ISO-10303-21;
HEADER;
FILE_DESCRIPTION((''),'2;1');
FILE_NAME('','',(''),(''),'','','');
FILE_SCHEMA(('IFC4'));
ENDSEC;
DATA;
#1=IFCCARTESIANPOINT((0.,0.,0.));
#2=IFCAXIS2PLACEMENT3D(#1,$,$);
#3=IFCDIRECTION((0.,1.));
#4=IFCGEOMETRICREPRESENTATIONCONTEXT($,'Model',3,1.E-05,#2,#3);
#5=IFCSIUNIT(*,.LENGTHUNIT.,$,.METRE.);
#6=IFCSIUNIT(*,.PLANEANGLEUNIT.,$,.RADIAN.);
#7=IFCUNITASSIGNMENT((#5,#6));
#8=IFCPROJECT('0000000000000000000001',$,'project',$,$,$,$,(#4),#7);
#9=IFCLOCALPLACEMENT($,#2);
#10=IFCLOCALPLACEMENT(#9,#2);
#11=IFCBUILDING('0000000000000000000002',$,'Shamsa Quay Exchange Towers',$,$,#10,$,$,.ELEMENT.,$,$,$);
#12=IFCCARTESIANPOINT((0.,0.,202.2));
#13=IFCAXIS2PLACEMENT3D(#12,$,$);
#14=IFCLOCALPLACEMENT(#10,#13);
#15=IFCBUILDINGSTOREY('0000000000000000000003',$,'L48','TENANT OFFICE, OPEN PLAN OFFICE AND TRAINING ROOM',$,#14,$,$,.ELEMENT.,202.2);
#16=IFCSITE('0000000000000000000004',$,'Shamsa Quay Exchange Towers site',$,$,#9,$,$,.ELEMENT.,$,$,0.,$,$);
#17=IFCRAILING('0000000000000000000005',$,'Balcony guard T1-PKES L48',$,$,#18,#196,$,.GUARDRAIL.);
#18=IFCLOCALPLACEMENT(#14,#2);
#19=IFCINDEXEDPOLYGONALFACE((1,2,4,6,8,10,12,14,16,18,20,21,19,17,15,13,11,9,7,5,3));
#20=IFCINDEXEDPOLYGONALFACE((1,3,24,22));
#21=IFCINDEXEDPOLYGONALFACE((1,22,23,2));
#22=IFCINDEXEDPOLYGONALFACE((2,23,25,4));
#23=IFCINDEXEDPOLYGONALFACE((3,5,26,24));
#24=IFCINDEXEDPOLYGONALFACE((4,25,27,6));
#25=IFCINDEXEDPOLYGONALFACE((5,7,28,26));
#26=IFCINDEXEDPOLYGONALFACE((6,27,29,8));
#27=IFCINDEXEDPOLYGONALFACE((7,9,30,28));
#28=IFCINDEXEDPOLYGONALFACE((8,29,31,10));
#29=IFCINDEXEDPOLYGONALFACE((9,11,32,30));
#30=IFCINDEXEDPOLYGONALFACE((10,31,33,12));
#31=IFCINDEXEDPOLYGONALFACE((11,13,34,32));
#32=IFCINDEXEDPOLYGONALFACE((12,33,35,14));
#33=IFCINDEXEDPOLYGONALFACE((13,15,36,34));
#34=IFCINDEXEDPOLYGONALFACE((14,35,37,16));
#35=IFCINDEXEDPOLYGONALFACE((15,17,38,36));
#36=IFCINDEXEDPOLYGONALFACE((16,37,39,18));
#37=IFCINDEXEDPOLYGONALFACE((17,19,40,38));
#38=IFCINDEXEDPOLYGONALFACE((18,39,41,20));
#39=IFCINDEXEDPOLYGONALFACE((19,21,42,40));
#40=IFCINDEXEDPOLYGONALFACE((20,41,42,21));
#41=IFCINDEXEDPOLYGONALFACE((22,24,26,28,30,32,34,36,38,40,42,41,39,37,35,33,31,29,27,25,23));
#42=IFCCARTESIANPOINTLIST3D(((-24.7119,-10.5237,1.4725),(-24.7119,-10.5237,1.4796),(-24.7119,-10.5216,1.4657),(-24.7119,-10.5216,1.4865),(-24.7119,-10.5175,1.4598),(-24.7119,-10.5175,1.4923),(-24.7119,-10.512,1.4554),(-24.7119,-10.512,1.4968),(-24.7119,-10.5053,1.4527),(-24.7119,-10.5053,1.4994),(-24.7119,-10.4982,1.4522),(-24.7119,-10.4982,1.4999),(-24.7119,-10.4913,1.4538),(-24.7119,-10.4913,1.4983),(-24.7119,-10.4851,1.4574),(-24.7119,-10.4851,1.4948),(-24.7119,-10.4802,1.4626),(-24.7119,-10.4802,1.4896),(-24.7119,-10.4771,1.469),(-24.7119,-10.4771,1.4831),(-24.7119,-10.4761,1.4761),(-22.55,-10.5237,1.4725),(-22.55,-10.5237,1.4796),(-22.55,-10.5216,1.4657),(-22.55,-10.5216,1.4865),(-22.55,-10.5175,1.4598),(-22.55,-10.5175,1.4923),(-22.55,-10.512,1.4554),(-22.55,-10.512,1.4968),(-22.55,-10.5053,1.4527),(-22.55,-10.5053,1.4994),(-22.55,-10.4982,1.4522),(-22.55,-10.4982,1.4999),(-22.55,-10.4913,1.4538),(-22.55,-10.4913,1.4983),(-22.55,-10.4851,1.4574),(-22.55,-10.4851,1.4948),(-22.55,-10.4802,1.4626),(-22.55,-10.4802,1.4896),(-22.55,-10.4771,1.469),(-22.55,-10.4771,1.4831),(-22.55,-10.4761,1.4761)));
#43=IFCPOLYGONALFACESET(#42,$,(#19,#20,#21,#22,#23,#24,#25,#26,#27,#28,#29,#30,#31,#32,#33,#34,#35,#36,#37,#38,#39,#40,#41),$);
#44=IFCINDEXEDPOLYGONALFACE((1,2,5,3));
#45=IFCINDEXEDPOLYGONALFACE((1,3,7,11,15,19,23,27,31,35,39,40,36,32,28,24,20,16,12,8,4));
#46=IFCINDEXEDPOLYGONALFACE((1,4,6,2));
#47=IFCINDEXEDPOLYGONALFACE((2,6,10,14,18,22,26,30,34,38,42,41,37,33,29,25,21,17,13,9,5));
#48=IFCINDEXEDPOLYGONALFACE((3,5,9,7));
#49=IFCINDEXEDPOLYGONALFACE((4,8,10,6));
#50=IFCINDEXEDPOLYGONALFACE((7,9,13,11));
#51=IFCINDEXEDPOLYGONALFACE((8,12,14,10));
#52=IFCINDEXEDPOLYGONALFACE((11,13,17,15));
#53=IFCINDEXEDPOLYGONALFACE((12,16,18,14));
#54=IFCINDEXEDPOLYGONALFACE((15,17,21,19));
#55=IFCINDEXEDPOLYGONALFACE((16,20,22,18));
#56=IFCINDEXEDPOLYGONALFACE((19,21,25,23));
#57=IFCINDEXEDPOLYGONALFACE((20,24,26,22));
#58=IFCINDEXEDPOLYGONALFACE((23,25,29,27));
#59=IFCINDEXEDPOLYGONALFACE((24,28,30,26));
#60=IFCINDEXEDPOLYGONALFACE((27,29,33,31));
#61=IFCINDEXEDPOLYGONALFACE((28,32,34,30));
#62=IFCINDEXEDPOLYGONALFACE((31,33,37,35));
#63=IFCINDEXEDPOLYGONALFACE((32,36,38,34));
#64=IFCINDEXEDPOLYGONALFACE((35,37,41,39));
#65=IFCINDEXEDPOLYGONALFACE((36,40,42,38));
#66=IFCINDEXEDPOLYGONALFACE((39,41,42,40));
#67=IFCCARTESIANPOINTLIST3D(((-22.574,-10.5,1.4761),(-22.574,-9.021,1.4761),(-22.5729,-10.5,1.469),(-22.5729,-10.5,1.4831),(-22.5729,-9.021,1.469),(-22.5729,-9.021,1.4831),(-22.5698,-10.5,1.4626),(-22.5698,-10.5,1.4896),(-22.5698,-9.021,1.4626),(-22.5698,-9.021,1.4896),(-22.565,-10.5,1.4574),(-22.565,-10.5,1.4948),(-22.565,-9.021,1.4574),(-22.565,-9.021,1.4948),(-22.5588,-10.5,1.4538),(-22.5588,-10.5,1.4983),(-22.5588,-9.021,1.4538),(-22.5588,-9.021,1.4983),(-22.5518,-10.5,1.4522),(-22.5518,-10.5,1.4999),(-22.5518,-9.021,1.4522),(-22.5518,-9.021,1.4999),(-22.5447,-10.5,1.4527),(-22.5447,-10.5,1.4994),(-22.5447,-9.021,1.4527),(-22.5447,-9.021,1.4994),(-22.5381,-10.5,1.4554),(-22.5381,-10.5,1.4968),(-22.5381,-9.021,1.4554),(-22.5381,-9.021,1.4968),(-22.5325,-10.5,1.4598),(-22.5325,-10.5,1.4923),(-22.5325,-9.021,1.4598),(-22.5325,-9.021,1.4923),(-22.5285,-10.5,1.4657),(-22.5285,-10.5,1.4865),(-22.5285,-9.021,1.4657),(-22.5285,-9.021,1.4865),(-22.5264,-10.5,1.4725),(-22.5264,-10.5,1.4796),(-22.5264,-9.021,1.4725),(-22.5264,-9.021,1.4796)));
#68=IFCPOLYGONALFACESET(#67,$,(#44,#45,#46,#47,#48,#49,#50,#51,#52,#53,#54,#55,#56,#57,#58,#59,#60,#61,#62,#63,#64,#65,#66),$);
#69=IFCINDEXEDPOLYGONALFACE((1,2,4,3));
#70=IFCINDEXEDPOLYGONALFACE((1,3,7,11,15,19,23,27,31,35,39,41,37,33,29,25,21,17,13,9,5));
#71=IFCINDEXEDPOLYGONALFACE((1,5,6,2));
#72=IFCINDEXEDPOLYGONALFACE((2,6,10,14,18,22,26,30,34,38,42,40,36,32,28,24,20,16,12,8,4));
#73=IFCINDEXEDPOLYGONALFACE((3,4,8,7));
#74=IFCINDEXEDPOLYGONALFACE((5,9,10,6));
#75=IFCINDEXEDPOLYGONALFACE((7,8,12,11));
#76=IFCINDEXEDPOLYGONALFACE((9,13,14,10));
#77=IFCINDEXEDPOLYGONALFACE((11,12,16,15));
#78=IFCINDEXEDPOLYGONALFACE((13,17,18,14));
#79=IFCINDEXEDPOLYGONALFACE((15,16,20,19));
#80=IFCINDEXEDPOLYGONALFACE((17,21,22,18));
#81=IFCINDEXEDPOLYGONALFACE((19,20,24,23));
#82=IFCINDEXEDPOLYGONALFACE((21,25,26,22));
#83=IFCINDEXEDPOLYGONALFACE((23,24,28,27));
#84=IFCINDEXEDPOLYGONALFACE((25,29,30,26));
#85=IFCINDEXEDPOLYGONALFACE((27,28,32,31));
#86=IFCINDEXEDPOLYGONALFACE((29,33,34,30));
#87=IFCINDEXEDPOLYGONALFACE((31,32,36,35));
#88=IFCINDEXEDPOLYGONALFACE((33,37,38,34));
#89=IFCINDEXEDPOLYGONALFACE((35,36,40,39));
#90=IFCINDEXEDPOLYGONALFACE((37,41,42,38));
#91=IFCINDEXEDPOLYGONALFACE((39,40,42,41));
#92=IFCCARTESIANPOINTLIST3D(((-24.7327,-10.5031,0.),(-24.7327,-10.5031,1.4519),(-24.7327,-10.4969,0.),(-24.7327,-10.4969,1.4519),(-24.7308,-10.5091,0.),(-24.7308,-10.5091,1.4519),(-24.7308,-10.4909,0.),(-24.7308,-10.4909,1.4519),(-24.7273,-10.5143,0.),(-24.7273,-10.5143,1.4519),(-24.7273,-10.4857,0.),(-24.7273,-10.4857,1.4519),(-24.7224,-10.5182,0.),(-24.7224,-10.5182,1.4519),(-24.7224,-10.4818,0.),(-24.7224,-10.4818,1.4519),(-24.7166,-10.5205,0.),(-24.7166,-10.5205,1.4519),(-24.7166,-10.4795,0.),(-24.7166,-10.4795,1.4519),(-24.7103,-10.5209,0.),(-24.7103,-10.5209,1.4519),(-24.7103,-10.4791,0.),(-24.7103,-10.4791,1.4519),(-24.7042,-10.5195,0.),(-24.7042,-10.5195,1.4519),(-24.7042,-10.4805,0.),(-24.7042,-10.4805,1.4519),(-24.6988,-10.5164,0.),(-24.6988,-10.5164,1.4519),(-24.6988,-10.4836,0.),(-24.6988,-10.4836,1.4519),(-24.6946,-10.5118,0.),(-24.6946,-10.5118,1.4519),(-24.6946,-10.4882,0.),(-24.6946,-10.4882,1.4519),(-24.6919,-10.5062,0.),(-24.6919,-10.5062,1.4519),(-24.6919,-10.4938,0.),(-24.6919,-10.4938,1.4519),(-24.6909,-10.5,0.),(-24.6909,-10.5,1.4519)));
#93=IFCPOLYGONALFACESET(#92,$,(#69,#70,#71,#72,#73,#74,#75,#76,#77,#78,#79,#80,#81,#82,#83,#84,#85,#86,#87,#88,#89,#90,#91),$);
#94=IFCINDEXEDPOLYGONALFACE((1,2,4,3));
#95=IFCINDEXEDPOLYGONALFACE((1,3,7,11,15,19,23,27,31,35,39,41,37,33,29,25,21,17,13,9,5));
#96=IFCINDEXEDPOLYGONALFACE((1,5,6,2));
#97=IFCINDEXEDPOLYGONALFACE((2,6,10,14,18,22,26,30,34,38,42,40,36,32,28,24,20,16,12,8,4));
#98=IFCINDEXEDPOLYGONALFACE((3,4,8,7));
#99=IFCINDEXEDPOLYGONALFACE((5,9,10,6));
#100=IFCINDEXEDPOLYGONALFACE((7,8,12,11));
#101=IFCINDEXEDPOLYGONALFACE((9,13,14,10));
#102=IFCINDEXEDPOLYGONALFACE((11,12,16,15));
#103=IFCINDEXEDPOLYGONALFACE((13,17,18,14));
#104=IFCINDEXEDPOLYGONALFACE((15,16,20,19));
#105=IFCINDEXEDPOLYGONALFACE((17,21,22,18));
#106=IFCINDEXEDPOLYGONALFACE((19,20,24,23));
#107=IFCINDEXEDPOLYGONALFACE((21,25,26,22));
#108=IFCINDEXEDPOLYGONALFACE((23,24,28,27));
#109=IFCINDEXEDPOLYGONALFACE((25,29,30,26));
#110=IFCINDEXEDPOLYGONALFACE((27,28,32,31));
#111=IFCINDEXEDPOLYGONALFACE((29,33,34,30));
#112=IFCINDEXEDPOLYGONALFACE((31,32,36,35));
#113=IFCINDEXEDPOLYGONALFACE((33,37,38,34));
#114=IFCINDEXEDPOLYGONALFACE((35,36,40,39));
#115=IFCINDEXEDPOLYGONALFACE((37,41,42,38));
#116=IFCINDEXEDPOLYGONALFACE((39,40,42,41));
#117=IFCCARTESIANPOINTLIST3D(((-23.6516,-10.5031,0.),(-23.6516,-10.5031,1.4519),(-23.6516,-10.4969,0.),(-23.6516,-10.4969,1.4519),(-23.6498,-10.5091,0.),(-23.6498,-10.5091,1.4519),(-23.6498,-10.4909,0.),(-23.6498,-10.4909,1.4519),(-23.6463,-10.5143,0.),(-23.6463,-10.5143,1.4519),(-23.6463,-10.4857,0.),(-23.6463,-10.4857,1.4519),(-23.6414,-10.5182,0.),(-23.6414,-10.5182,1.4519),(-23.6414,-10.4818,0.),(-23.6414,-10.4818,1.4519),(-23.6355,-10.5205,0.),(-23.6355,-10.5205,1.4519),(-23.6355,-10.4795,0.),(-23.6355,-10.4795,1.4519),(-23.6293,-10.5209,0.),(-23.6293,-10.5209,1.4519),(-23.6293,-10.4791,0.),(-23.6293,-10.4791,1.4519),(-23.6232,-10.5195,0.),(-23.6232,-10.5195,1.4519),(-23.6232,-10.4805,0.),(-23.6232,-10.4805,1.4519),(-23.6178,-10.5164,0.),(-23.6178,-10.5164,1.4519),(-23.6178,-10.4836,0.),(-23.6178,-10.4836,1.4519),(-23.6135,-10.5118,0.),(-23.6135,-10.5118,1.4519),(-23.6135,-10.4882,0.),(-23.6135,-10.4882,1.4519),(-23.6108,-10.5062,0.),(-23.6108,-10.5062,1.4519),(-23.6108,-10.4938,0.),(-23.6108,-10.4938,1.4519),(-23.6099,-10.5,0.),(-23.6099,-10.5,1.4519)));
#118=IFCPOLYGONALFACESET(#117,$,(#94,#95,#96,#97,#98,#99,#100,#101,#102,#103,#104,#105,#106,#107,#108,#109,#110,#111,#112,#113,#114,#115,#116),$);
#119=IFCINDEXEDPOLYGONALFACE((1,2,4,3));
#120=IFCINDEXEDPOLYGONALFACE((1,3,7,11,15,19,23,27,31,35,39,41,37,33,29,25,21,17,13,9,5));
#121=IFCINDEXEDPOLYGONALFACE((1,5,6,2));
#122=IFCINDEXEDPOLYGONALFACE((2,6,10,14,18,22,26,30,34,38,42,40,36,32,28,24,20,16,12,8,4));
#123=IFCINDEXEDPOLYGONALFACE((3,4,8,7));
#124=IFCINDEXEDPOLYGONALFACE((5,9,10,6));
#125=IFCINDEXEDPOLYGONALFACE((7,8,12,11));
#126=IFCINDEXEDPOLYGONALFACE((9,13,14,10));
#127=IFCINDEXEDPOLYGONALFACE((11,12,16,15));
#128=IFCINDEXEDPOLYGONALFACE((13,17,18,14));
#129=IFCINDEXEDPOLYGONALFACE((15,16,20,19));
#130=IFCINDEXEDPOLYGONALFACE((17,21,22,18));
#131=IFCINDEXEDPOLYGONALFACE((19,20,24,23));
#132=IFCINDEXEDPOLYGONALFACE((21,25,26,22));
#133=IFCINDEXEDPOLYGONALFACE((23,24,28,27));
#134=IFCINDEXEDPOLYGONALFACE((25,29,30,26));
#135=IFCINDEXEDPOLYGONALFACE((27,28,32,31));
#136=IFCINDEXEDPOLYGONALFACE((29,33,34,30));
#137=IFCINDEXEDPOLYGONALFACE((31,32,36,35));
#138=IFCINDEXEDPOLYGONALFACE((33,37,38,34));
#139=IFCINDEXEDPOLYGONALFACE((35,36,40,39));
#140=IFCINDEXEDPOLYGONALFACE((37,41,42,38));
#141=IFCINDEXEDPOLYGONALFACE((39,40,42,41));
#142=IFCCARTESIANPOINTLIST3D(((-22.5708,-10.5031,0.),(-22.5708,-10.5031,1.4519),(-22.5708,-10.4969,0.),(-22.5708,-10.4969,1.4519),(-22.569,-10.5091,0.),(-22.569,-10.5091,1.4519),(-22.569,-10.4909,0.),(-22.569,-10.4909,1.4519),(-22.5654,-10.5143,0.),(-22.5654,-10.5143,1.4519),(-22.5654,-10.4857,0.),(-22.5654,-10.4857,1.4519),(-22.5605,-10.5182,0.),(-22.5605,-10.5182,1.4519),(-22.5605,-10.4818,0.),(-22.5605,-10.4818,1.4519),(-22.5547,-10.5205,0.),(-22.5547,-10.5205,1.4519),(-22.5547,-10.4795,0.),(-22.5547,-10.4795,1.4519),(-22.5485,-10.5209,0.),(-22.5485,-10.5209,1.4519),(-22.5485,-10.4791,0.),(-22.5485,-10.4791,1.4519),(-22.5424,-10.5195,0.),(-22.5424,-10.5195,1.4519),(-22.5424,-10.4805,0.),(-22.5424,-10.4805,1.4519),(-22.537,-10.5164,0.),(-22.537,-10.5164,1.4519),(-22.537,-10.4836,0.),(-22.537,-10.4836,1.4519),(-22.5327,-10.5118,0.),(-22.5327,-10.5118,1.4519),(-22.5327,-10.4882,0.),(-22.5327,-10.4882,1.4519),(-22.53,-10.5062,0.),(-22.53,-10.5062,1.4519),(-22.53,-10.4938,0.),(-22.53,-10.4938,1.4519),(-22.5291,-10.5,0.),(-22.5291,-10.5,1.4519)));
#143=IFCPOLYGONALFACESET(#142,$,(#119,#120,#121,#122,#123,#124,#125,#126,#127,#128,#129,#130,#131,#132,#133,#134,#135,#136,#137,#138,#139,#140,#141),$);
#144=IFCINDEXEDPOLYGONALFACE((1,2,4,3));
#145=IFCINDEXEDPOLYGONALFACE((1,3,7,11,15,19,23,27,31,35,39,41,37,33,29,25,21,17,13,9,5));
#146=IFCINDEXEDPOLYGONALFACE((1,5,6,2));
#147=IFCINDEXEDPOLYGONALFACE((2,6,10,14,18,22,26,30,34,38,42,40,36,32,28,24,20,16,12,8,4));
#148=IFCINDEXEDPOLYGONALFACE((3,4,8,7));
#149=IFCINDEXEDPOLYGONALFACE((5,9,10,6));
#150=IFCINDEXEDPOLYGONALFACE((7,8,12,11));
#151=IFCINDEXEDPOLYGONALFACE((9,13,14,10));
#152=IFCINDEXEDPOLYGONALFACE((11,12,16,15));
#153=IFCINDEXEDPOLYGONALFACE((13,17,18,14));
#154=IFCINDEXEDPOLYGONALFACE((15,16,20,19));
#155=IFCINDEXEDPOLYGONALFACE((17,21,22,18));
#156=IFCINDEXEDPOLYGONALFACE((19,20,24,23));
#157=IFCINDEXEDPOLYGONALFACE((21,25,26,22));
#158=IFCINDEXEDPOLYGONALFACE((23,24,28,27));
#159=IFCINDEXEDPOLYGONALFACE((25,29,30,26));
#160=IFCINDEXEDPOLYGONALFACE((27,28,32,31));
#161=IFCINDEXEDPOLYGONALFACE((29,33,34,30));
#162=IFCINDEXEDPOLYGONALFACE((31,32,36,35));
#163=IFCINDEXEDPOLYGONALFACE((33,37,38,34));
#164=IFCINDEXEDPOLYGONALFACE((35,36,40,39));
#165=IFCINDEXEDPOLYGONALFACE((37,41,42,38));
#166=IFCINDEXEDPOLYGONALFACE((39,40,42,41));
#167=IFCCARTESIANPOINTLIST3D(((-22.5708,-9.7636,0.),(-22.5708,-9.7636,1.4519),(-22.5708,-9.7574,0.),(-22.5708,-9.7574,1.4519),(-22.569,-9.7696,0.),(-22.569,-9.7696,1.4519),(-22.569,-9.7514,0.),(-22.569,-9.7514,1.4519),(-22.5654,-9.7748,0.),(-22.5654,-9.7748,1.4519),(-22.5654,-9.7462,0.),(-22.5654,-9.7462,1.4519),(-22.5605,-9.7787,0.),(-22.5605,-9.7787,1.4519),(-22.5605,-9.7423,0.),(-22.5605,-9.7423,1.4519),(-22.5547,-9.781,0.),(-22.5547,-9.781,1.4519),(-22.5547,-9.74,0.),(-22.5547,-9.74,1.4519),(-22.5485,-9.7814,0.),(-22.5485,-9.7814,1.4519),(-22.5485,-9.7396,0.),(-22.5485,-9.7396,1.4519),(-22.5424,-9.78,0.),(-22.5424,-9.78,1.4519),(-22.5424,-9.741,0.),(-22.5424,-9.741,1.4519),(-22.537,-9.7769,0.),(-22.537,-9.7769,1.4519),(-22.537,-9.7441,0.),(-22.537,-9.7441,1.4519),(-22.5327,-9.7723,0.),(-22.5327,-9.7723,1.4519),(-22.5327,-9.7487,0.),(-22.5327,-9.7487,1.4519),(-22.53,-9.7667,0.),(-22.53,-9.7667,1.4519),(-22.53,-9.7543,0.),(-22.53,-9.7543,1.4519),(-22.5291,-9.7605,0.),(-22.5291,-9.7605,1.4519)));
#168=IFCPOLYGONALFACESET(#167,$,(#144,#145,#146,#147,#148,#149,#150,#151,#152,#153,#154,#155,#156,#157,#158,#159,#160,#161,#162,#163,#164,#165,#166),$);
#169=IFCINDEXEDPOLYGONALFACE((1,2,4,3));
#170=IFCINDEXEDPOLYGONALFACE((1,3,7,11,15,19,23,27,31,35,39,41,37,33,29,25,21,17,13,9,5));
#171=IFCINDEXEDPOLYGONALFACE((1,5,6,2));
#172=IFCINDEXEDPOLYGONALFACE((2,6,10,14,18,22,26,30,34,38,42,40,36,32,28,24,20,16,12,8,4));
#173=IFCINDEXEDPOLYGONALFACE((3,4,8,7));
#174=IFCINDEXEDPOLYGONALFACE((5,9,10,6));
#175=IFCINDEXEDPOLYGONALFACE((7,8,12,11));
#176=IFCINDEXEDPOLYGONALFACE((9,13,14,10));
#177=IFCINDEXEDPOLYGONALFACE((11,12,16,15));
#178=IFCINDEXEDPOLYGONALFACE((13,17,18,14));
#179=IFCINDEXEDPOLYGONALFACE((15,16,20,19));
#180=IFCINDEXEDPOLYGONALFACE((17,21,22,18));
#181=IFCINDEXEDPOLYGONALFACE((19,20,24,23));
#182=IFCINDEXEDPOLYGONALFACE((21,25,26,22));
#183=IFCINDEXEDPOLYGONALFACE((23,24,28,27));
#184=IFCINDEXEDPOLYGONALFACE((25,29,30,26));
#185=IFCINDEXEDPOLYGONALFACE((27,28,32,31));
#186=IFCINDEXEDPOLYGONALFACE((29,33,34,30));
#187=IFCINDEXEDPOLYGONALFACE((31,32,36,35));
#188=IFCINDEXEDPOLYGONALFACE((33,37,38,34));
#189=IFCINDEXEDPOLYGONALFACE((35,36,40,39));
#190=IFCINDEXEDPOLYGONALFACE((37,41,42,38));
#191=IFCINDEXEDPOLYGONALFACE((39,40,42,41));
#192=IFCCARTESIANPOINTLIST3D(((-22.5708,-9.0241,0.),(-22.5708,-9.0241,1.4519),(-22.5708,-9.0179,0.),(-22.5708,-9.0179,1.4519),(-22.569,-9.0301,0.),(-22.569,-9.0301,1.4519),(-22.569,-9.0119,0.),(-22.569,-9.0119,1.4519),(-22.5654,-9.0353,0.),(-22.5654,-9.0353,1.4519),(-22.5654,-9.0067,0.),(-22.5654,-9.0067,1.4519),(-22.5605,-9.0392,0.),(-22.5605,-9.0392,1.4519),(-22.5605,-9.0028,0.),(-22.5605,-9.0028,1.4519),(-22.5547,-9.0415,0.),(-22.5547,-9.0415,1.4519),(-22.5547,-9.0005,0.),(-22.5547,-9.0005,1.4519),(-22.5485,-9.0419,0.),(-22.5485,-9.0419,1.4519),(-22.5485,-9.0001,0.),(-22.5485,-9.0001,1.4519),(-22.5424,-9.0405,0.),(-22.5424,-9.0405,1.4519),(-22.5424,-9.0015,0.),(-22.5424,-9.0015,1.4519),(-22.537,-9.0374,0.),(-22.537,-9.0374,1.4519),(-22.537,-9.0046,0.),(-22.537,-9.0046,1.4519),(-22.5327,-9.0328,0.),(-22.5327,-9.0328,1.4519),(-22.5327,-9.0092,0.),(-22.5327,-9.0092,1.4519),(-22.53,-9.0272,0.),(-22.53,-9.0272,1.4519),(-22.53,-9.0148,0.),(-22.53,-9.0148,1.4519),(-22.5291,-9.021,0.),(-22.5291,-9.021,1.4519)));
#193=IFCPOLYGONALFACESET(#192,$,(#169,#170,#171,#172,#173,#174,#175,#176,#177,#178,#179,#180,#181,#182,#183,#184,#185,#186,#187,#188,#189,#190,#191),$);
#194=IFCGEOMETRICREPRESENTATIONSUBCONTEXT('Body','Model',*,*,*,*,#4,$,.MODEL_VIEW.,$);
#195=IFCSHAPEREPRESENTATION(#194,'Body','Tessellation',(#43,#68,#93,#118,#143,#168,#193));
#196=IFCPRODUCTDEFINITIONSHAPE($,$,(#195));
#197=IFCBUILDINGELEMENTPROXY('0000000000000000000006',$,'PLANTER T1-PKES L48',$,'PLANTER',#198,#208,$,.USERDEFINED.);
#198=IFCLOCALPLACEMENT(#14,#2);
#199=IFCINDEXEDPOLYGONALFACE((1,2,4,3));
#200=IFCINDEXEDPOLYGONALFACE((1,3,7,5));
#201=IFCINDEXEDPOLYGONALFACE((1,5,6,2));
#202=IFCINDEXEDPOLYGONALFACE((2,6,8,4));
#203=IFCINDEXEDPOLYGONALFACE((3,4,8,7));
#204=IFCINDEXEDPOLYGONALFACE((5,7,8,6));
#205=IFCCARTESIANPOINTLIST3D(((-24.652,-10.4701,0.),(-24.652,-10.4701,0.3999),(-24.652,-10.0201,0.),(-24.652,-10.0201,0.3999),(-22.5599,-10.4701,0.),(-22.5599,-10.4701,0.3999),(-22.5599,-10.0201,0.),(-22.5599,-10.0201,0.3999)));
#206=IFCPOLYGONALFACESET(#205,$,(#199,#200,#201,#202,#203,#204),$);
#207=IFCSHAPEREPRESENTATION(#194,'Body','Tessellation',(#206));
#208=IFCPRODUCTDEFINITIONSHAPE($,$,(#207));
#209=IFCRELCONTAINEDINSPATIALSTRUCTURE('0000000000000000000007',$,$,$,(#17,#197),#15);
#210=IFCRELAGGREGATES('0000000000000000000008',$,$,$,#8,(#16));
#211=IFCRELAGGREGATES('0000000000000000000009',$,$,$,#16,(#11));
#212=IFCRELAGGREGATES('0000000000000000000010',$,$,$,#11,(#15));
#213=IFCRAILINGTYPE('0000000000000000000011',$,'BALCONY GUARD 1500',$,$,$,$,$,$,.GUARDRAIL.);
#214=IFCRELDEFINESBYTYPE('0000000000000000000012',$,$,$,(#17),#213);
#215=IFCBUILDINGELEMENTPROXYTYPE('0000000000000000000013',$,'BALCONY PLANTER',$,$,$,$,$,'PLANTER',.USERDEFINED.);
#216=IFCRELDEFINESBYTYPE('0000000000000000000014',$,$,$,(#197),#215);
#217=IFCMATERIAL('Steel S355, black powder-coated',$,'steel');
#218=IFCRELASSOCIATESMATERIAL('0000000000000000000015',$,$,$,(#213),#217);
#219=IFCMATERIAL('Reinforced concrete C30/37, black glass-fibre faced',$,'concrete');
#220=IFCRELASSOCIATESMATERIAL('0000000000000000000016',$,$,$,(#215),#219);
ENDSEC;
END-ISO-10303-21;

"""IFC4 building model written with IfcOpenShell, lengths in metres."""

from ifc_helpers import new_model, si_unit, direction, frame, origin, origin_2d, place, context, subcontext, project, spatial, rectangle, circle, extrude, material, type_object, element, save


model = new_model("IFC4")

# Units and contexts
model_context = context("Model", 3, precision=1e-05, world=origin(), true_north=direction((0.0, 1.0)))
body_context = subcontext(model_context, "Body", "Model", "MODEL_VIEW")
ifc_project = project(units=[si_unit("LENGTHUNIT", "METRE"), si_unit("PLANEANGLEUNIT", "RADIAN")], contexts=[model_context])

# Site, building, storey
site_placement = place(None, origin())
site = spatial("IfcSite", under=ifc_project, at=site_placement, Name="Shamsa Quay Exchange Towers site", CompositionType="ELEMENT", RefElevation=0.0)
building_placement = place(site_placement, origin())
building = spatial("IfcBuilding", under=site, at=building_placement, Name="Shamsa Quay Exchange Towers", CompositionType="ELEMENT")
storey_placement = place(building_placement, frame((0.0, 0.0, 202.2)))
storey = spatial("IfcBuildingStorey", under=building, at=storey_placement, Name="L48", Description="TENANT OFFICE, OPEN PLAN OFFICE AND TRAINING ROOM", CompositionType="ELEMENT", Elevation=202.2)

# Railing
ifc_material_1 = material(Name="Steel S355, black powder-coated", Category="steel")
railing_type = type_object("IfcRailingType", Name="BALCONY GUARD 1500", PredefinedType="GUARDRAIL", material=ifc_material_1)
railing_placement = place(storey_placement, frame((-24.7119, -10.5, 0.0)))
element("IfcRailing", 1, at=railing_placement, inside=storey, type_object=railing_type, Name="Balcony guard T1-PKES L48", PredefinedType="GUARDRAIL", context=body_context, shape_type="SweptSolid", body=[
    extrude(circle(Radius=0.0239, at=origin_2d()), frame((0.0, 0.0, 1.4761), z_axis=(1.0, 0.0, 0.0), x_axis=(0.0, 1.0, 0.0)), (0.0, 0.0, 1.0), 2.1619),
    extrude(circle(Radius=0.0239, at=origin_2d()), frame((2.1619, 0.0, 1.4761), z_axis=(0.0, 1.0, 0.0), x_axis=(-1.0, 0.0, 0.0)), (0.0, 0.0, 1.0), 1.479),
    extrude(circle(Radius=0.021, at=origin_2d()), origin(), (0.0, 0.0, 1.0), 1.4519),
    extrude(circle(Radius=0.021, at=origin_2d()), frame((1.0811, 0.0, 0.0)), (0.0, 0.0, 1.0), 1.4519),
    extrude(circle(Radius=0.021, at=origin_2d()), frame((2.1619, 0.0, 0.0)), (0.0, 0.0, 1.0), 1.4519),
    extrude(circle(Radius=0.021, at=origin_2d()), frame((2.1619, 0.7395, 0.0)), (0.0, 0.0, 1.0), 1.4519),
    extrude(circle(Radius=0.021, at=origin_2d()), frame((2.1619, 1.479, 0.0)), (0.0, 0.0, 1.0), 1.4519),
])

# Building element proxy
ifc_material_2 = material(Name="Reinforced concrete C30/37, black glass-fibre faced", Category="concrete")
building_element_proxy_type = type_object("IfcBuildingElementProxyType", Name="BALCONY PLANTER", ElementType="PLANTER", PredefinedType="USERDEFINED", material=ifc_material_2)
proxy_placement = place(storey_placement, frame((-23.606, -10.2451, 0.0)))
element("IfcBuildingElementProxy", 2, at=proxy_placement, inside=storey, type_object=building_element_proxy_type, Name="PLANTER T1-PKES L48", ObjectType="PLANTER", PredefinedType="USERDEFINED", context=body_context, shape_type="SweptSolid", body=[
    extrude(rectangle(XDim=2.092, YDim=0.45, at=origin_2d()), origin(), (0.0, 0.0, 1.0), 0.3999),
])

save(model, "model.ifc")
